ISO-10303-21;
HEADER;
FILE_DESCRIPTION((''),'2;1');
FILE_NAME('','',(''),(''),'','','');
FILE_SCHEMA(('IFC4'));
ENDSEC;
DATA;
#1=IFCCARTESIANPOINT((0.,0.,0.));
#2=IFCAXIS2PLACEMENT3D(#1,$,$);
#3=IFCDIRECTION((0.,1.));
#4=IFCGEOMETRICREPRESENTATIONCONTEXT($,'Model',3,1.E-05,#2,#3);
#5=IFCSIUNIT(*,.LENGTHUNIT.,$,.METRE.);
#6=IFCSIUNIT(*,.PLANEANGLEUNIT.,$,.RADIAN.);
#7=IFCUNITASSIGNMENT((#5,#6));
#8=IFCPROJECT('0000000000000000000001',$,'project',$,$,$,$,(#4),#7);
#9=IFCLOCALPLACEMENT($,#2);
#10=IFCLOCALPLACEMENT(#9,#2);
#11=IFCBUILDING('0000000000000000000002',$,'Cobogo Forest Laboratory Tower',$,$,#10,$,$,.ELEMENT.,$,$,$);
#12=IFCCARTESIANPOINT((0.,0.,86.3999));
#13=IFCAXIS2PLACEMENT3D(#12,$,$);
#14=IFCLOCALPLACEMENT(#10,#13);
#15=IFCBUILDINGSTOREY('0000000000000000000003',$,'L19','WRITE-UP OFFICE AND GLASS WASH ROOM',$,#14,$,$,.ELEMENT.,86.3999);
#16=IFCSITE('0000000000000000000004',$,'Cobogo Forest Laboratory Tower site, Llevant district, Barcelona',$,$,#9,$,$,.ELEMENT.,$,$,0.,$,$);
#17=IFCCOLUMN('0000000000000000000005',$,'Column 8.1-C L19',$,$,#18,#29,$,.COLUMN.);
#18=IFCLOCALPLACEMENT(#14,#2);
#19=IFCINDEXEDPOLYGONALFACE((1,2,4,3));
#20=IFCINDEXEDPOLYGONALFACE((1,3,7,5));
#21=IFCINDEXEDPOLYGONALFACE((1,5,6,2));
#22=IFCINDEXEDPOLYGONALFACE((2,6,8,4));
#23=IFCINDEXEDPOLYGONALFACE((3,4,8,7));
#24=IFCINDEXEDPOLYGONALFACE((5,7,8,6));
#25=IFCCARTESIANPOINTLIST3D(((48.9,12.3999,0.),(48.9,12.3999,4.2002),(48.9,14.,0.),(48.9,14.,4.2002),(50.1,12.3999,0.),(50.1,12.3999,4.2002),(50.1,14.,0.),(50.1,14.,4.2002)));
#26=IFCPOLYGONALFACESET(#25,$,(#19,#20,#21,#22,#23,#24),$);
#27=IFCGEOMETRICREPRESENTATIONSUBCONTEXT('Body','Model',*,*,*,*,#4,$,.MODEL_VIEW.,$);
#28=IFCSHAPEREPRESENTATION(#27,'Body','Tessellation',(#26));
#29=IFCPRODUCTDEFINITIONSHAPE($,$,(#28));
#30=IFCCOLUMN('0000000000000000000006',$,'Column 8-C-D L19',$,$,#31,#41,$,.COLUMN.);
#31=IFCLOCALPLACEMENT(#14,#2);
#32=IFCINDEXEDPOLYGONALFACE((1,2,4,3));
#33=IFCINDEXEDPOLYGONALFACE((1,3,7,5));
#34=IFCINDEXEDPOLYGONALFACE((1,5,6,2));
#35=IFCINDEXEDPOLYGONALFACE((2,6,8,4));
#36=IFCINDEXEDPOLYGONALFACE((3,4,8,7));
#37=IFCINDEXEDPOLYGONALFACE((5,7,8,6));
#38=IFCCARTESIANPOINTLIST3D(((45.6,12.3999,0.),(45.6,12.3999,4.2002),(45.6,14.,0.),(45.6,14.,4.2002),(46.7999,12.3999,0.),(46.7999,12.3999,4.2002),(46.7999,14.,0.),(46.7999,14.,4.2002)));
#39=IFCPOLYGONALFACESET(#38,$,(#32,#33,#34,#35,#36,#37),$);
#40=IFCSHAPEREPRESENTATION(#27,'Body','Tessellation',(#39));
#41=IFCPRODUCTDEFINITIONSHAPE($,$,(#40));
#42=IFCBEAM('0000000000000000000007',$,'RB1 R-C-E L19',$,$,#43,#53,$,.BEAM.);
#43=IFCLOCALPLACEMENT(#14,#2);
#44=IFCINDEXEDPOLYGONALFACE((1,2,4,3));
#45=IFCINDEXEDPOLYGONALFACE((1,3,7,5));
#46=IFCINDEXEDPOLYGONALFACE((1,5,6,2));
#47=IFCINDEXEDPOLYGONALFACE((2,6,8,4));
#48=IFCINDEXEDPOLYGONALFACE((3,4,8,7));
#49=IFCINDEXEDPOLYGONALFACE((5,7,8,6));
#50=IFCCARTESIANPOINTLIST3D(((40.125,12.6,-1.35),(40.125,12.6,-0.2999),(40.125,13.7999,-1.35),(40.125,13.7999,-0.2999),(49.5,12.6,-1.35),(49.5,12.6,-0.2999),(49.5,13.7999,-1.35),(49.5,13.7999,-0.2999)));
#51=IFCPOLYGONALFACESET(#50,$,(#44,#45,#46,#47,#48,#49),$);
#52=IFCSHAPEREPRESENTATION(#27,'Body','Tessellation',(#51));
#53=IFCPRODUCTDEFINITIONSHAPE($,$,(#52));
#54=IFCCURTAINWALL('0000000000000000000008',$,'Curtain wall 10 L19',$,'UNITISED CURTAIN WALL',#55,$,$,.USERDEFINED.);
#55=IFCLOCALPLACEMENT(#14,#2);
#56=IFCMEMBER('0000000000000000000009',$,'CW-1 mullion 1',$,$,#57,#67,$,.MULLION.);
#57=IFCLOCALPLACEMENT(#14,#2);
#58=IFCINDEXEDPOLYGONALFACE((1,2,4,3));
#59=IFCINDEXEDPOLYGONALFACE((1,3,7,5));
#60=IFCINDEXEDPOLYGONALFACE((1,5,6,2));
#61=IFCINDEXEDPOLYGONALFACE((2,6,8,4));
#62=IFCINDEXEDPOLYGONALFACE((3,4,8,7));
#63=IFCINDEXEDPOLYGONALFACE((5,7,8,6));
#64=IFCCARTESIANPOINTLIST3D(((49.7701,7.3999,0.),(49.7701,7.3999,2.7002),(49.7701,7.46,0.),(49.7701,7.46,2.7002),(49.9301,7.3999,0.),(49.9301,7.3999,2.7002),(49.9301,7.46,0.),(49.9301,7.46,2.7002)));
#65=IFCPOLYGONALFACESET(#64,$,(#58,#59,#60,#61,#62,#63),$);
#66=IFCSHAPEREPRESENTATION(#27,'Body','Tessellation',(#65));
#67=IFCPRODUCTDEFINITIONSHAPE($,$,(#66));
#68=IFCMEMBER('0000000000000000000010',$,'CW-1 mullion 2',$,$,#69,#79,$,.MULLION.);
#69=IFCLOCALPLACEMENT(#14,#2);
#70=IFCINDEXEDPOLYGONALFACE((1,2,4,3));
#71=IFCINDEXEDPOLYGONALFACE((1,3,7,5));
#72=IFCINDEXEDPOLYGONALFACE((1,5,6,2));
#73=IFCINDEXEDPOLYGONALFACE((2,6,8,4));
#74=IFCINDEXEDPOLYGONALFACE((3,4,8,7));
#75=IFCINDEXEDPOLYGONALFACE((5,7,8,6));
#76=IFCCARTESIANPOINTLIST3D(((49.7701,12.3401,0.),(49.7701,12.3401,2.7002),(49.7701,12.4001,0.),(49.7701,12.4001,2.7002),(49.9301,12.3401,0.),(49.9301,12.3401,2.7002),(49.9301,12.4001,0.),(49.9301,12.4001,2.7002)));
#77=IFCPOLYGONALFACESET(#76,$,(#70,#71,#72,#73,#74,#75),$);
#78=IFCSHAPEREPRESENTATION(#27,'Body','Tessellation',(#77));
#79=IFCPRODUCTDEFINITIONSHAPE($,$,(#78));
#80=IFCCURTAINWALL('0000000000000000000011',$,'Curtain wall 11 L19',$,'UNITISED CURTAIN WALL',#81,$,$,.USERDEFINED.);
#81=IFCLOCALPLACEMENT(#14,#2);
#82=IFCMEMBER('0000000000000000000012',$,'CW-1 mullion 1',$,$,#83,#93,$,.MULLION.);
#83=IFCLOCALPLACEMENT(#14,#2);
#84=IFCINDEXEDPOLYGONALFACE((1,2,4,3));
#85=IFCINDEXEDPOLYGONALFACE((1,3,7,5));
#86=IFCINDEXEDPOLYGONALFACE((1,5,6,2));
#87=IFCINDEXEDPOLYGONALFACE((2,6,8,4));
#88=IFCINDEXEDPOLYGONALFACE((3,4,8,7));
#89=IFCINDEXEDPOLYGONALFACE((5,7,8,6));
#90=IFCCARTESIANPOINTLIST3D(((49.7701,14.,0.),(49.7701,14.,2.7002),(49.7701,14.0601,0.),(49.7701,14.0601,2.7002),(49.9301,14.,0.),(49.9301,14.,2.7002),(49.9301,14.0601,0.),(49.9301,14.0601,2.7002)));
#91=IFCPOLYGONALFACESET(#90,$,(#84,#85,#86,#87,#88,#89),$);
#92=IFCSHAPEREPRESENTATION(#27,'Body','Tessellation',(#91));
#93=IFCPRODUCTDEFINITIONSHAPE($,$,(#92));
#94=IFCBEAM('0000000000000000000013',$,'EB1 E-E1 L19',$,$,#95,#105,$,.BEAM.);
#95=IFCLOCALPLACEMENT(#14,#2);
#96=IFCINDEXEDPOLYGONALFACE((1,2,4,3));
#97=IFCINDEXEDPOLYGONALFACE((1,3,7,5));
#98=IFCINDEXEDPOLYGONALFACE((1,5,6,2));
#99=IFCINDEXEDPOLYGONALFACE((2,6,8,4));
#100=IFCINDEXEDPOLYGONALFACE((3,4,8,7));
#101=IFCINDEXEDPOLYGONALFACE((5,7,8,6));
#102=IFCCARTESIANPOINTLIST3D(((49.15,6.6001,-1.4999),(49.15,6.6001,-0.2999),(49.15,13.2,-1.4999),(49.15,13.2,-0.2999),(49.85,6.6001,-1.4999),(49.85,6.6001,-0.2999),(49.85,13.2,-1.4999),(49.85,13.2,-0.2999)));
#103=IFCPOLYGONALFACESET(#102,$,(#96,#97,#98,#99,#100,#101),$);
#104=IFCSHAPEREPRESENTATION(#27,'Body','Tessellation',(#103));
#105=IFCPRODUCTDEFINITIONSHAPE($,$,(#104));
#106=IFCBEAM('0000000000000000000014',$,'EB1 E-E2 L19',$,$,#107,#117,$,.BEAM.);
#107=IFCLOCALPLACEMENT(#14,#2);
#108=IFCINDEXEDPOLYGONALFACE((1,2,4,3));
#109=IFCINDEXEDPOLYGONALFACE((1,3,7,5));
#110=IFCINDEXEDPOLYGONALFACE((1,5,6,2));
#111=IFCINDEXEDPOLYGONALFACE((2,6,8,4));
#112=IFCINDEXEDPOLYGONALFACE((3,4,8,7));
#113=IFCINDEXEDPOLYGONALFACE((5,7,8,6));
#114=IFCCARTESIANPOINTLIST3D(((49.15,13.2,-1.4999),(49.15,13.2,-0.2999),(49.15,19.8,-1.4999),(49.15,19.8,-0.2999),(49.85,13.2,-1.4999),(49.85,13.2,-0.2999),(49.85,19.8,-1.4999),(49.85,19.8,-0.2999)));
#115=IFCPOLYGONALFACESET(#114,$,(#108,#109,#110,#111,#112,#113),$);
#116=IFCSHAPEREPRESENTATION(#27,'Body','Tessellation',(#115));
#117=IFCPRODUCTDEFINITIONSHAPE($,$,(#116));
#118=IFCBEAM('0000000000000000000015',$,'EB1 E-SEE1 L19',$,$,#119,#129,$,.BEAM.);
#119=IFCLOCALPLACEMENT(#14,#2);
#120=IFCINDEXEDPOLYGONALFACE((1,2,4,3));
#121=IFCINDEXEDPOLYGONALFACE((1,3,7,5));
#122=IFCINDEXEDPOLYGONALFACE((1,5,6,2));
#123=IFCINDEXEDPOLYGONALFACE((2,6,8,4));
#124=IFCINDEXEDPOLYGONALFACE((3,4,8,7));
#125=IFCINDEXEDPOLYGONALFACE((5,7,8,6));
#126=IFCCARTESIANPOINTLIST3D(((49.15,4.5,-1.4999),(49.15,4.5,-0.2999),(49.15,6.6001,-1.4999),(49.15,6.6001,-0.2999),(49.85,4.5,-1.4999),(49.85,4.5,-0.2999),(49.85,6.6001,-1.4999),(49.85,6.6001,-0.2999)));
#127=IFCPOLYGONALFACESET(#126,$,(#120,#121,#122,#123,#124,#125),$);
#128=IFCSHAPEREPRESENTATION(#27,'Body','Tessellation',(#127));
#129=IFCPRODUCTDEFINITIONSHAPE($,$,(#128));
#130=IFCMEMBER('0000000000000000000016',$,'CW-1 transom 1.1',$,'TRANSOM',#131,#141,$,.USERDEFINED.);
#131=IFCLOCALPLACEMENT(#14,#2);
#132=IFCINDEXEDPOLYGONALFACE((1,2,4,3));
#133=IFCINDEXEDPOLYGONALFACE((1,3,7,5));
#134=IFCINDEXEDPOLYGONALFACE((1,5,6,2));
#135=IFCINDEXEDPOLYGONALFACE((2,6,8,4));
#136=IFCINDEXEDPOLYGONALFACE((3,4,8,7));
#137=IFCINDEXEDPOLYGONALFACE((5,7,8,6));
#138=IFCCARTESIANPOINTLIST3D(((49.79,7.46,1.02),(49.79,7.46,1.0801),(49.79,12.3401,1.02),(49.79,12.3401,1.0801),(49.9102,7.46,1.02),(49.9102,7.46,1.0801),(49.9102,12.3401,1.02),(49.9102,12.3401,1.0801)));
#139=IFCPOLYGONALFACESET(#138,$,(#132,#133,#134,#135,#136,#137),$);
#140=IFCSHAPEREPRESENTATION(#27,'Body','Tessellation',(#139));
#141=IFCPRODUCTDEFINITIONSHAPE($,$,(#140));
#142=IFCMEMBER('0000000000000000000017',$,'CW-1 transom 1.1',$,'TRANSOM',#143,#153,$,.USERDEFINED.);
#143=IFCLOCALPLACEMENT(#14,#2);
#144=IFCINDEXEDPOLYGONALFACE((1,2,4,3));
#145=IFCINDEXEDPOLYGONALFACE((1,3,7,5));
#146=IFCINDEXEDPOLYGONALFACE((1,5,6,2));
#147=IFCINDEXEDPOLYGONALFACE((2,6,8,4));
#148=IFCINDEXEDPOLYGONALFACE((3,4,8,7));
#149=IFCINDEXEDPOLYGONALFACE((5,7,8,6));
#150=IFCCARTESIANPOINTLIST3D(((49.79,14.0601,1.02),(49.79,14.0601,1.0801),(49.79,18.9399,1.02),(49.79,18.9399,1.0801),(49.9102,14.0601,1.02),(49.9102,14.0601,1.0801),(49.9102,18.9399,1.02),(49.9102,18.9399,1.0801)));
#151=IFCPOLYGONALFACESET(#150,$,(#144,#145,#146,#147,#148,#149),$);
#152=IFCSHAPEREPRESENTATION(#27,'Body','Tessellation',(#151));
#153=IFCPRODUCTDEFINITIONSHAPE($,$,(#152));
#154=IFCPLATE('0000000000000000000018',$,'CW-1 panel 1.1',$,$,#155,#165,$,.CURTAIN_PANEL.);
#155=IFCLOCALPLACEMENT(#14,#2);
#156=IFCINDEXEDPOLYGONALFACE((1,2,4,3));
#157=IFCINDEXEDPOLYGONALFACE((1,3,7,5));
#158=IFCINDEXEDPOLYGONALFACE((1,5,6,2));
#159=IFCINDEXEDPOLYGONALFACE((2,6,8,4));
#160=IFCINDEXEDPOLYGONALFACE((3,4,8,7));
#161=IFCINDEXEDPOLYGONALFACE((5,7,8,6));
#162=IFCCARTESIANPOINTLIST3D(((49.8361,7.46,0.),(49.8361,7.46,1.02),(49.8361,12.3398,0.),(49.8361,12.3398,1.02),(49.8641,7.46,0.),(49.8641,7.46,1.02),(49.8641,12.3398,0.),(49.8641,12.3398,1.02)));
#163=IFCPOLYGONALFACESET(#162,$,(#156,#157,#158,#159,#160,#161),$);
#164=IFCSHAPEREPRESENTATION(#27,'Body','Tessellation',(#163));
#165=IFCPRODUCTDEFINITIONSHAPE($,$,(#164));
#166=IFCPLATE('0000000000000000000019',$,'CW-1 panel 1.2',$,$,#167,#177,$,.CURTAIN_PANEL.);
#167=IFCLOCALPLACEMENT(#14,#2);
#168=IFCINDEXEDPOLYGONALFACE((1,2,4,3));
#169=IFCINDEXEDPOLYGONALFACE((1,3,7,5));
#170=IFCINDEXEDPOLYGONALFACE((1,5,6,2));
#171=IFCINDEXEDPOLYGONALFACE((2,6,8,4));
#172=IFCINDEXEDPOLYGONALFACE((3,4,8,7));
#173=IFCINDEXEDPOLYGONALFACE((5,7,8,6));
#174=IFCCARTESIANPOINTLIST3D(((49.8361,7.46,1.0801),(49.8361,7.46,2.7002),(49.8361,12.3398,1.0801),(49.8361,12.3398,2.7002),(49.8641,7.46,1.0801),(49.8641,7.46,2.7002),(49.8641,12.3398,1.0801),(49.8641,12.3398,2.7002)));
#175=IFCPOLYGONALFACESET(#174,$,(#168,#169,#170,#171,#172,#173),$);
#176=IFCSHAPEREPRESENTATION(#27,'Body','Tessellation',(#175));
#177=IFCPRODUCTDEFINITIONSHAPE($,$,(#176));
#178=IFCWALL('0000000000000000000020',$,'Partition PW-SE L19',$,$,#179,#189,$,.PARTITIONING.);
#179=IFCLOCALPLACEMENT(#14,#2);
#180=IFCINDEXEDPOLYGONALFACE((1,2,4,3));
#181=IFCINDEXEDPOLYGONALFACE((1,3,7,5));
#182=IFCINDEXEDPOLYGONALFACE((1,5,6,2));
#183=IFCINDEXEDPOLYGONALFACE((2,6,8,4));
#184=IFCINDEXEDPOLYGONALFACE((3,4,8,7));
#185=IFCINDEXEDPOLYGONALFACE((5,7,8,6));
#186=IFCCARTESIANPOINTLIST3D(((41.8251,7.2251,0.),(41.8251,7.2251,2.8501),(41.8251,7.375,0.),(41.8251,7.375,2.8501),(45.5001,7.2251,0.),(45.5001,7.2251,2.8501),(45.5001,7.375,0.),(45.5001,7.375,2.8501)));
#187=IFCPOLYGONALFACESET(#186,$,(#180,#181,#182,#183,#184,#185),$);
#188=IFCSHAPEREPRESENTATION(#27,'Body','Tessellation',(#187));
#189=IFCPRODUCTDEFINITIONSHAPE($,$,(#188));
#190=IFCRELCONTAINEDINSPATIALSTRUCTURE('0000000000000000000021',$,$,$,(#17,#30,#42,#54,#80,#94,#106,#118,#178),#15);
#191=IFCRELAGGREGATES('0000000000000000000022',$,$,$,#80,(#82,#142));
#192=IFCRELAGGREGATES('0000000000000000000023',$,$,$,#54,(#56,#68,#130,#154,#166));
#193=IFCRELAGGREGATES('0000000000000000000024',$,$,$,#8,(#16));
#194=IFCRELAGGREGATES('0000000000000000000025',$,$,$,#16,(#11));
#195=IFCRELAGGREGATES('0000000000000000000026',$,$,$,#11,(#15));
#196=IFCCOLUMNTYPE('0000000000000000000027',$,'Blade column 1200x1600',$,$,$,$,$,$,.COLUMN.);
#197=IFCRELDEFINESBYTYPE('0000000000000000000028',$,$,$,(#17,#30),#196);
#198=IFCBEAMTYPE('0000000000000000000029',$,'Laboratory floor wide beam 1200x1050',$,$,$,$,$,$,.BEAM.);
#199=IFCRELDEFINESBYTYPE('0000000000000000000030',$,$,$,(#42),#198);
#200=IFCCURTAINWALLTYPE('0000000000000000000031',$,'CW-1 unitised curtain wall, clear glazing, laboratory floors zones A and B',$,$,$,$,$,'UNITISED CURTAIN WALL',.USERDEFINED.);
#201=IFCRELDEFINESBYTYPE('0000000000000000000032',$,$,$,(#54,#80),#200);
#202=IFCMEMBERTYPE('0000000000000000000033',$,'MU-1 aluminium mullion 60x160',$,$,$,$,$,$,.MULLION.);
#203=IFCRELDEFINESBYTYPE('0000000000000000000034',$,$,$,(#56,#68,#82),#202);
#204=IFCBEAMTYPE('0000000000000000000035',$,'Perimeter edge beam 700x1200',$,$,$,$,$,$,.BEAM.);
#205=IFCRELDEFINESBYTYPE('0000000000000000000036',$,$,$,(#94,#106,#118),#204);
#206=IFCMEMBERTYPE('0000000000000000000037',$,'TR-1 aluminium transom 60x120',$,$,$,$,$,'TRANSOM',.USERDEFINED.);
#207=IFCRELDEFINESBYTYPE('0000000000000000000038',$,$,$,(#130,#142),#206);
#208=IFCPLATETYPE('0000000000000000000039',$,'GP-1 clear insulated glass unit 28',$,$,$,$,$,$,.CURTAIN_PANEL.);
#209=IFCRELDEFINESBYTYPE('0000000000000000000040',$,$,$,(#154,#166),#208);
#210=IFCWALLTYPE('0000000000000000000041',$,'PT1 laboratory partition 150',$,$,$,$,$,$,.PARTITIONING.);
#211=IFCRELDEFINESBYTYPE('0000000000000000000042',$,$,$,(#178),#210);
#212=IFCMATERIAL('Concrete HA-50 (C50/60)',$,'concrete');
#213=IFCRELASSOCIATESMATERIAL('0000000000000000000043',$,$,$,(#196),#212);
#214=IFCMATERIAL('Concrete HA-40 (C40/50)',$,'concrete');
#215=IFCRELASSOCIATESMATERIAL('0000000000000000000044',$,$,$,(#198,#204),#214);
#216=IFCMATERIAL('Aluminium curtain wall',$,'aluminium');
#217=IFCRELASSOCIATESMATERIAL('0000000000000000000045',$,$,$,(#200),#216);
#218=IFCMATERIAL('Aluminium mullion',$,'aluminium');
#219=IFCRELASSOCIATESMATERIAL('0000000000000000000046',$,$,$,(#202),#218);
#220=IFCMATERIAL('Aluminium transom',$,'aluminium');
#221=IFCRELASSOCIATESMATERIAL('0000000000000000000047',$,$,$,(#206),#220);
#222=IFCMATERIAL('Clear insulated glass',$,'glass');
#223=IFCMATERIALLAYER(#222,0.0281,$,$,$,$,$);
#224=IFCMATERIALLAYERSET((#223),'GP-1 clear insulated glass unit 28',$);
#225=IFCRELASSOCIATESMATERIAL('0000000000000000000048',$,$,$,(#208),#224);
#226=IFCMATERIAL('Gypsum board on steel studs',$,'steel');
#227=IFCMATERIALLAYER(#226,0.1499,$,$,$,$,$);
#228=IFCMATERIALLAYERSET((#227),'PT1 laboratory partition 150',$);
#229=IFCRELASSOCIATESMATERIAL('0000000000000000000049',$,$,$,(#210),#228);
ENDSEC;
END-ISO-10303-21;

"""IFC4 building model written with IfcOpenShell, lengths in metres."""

from ifc_helpers import new_model, si_unit, direction, frame, frame_2d, origin, origin_2d, place, context, subcontext, project, spatial, rectangle, extrude, material, layer, layer_set, material_profile, profile_set, type_object, element, aggregate, save


model = new_model("IFC4")

# Units and contexts
model_context = context("Model", 3, precision=1e-05, world=origin(), true_north=direction((0.0, 1.0)))
body_context = subcontext(model_context, "Body", "Model", "MODEL_VIEW")
ifc_project = project(units=[si_unit("LENGTHUNIT", "METRE"), si_unit("PLANEANGLEUNIT", "RADIAN")], contexts=[model_context])

# Site, building, storey
site_placement = place(None, origin())
site = spatial("IfcSite", under=ifc_project, at=site_placement, Name="Cobogo Forest Laboratory Tower site, Llevant district, Barcelona", CompositionType="ELEMENT", RefElevation=0.0)
building_placement = place(site_placement, origin())
building = spatial("IfcBuilding", under=site, at=building_placement, Name="Cobogo Forest Laboratory Tower", CompositionType="ELEMENT")
storey_placement = place(building_placement, frame((0.0, 0.0, 86.3999)))
storey = spatial("IfcBuildingStorey", under=building, at=storey_placement, Name="L19", Description="WRITE-UP OFFICE AND GLASS WASH ROOM", CompositionType="ELEMENT", Elevation=86.3999)

# Columns
ifc_material_1 = material(Name="Concrete HA-50 (C50/60)", Category="concrete")
ifc_material_profile_1 = material_profile(ifc_material_1, rectangle(XDim=1.6001, YDim=1.2, at=origin_2d()), Name="RC 1200x1600")
ifc_profile_set_1 = profile_set([ifc_material_profile_1], Name="Concrete HA-50 (C50/60)")
column_type = type_object("IfcColumnType", Name="Blade column 1200x1600", PredefinedType="COLUMN", material=ifc_profile_set_1)
for number, where, z_axis, x_axis, name in (
    (1, (49.5, 13.2, 0.0), (0.0, 0.0, 1.0), (0.0, 1.0, 0.0), "Column 8.1-C L19"),
    (2, (46.2, 13.2, 0.0), (0.0, 0.0, 1.0), (0.0, 1.0, 0.0), "Column 8-C-D L19"),
):
    element("IfcColumn", number, at=place(storey_placement, frame(where, z_axis=z_axis, x_axis=x_axis)), inside=storey, type_object=column_type, Name=name, PredefinedType="COLUMN", context=body_context, shape_type="SweptSolid", body=[
        extrude(rectangle(XDim=1.6001, YDim=1.2, at=origin_2d()), origin(), (0.0, 0.0, 1.0), 4.2002),
    ])

# Beam
ifc_material_2 = material(Name="Concrete HA-40 (C40/50)", Category="concrete")
ifc_material_profile_2 = material_profile(ifc_material_2, rectangle(XDim=1.2, YDim=1.05, at=origin_2d()), Name="RC 1200x1050")
ifc_profile_set_2 = profile_set([ifc_material_profile_2], Name="Concrete HA-40 (C40/50)")
beam_type_1 = type_object("IfcBeamType", Name="Laboratory floor wide beam 1200x1050", PredefinedType="BEAM", material=ifc_profile_set_2)
beam_1_placement = place(storey_placement, frame((40.125, 13.2, -0.825), z_axis=(1.0, 0.0, 0.0), x_axis=(0.0, 1.0, 0.0)))
element("IfcBeam", 3, at=beam_1_placement, inside=storey, type_object=beam_type_1, Name="RB1 R-C-E L19", PredefinedType="BEAM", context=body_context, shape_type="SweptSolid", body=[
    extrude(rectangle(XDim=1.2, YDim=1.05, at=origin_2d()), origin(), (0.0, 0.0, 1.0), 9.375),
])

# Curtain wall, members
ifc_material_3 = material(Name="Aluminium curtain wall", Category="aluminium")
curtain_wall_type = type_object("IfcCurtainWallType", Name="CW-1 unitised curtain wall, clear glazing, laboratory floors zones A and B", ElementType="UNITISED CURTAIN WALL", PredefinedType="USERDEFINED", material=ifc_material_3)
curtain_wall_1_placement = place(storey_placement, origin())
curtain_wall_1 = element("IfcCurtainWall", 4, at=curtain_wall_1_placement, inside=storey, type_object=curtain_wall_type, Name="Curtain wall 10 L19", ObjectType="UNITISED CURTAIN WALL", PredefinedType="USERDEFINED")
ifc_material_4 = material(Name="Aluminium mullion", Category="aluminium")
ifc_material_profile_3 = material_profile(ifc_material_4, rectangle(XDim=0.0601, YDim=0.1599, at=origin_2d()), Name="AL 60x160")
ifc_profile_set_3 = profile_set([ifc_material_profile_3], Name="Aluminium mullion")
member_type_1 = type_object("IfcMemberType", Name="MU-1 aluminium mullion 60x160", PredefinedType="MULLION", material=ifc_profile_set_3)
member_1_placement = place(storey_placement, frame((49.8501, 7.4299, 0.0), z_axis=(0.0, 0.0, 1.0), x_axis=(0.0, 1.0, 0.0)))
member_1 = element("IfcMember", 5, at=member_1_placement, type_object=member_type_1, Name="CW-1 mullion 1", PredefinedType="MULLION", context=body_context, shape_type="SweptSolid", body=[
    extrude(rectangle(XDim=0.0601, YDim=0.1599, at=origin_2d()), origin(), (0.0, 0.0, 1.0), 2.7002),
])
member_2_placement = place(storey_placement, frame((49.8501, 12.3701, 0.0), z_axis=(0.0, 0.0, 1.0), x_axis=(0.0, 1.0, 0.0)))
member_2 = element("IfcMember", 6, at=member_2_placement, type_object=member_type_1, Name="CW-1 mullion 2", PredefinedType="MULLION", context=body_context, shape_type="SweptSolid", body=[
    extrude(rectangle(XDim=0.0601, YDim=0.1599, at=origin_2d()), origin(), (0.0, 0.0, 1.0), 2.7002),
])

# Curtain wall, member
curtain_wall_2_placement = place(storey_placement, origin())
curtain_wall_2 = element("IfcCurtainWall", 7, at=curtain_wall_2_placement, inside=storey, type_object=curtain_wall_type, Name="Curtain wall 11 L19", ObjectType="UNITISED CURTAIN WALL", PredefinedType="USERDEFINED")
member_3_placement = place(storey_placement, frame((49.8501, 14.03, 0.0), z_axis=(0.0, 0.0, 1.0), x_axis=(0.0, 1.0, 0.0)))
member_3 = element("IfcMember", 8, at=member_3_placement, type_object=member_type_1, Name="CW-1 mullion 1", PredefinedType="MULLION", context=body_context, shape_type="SweptSolid", body=[
    extrude(rectangle(XDim=0.0601, YDim=0.1599, at=origin_2d()), origin(), (0.0, 0.0, 1.0), 2.7002),
])

# Beams
ifc_material_profile_4 = material_profile(ifc_material_2, rectangle(XDim=0.7, YDim=1.2, at=origin_2d()), Name="RC 700x1200")
ifc_profile_set_4 = profile_set([ifc_material_profile_4], Name="Concrete HA-40 (C40/50)")
beam_type_2 = type_object("IfcBeamType", Name="Perimeter edge beam 700x1200", PredefinedType="BEAM", material=ifc_profile_set_4)
beam_2_placement = place(storey_placement, frame((49.5, 6.6001, -0.8999), z_axis=(0.0, 1.0, 0.0), x_axis=(-1.0, 0.0, 0.0)))
element("IfcBeam", 9, at=beam_2_placement, inside=storey, type_object=beam_type_2, Name="EB1 E-E1 L19", PredefinedType="BEAM", context=body_context, shape_type="SweptSolid", body=[
    extrude(rectangle(XDim=0.7, YDim=1.2, at=origin_2d()), origin(), (0.0, 0.0, 1.0), 6.5999),
])
beam_3_placement = place(storey_placement, frame((49.5, 13.2, -0.8999), z_axis=(0.0, 1.0, 0.0), x_axis=(-1.0, 0.0, 0.0)))
element("IfcBeam", 10, at=beam_3_placement, inside=storey, type_object=beam_type_2, Name="EB1 E-E2 L19", PredefinedType="BEAM", context=body_context, shape_type="SweptSolid", body=[
    extrude(rectangle(XDim=0.7, YDim=1.2, at=origin_2d()), origin(), (0.0, 0.0, 1.0), 6.6001),
])
beam_4_placement = place(storey_placement, frame((49.5, 6.6001, -0.8999), z_axis=(0.0, -1.0, 0.0), x_axis=(1.0, 0.0, 0.0)))
element("IfcBeam", 11, at=beam_4_placement, inside=storey, type_object=beam_type_2, Name="EB1 E-SEE1 L19", PredefinedType="BEAM", context=body_context, shape_type="SweptSolid", body=[
    extrude(rectangle(XDim=0.7, YDim=1.2, at=origin_2d()), origin(), (0.0, 0.0, 1.0), 2.1001),
])

# Members
ifc_material_5 = material(Name="Aluminium transom", Category="aluminium")
ifc_material_profile_5 = material_profile(ifc_material_5, rectangle(XDim=0.1201, YDim=0.0601, at=origin_2d()), Name="AL 60x120")
ifc_profile_set_5 = profile_set([ifc_material_profile_5], Name="Aluminium transom")
member_type_2 = type_object("IfcMemberType", Name="TR-1 aluminium transom 60x120", ElementType="TRANSOM", PredefinedType="USERDEFINED", material=ifc_profile_set_5)
member_4_placement = place(storey_placement, frame((49.8501, 7.46, 1.05), z_axis=(0.0, 1.0, 0.0), x_axis=(-1.0, 0.0, 0.0)))
member_4 = element("IfcMember", 12, at=member_4_placement, type_object=member_type_2, Name="CW-1 transom 1.1", ObjectType="TRANSOM", PredefinedType="USERDEFINED", context=body_context, shape_type="SweptSolid", body=[
    extrude(rectangle(XDim=0.1201, YDim=0.0601, at=origin_2d()), origin(), (0.0, 0.0, 1.0), 4.8801),
])
member_5_placement = place(storey_placement, frame((49.8501, 14.0601, 1.05), z_axis=(0.0, 1.0, 0.0), x_axis=(-1.0, 0.0, 0.0)))
member_5 = element("IfcMember", 13, at=member_5_placement, type_object=member_type_2, Name="CW-1 transom 1.1", ObjectType="TRANSOM", PredefinedType="USERDEFINED", context=body_context, shape_type="SweptSolid", body=[
    extrude(rectangle(XDim=0.1201, YDim=0.0601, at=origin_2d()), origin(), (0.0, 0.0, 1.0), 4.8799),
])
aggregate(curtain_wall_2, [member_3, member_5])

# Plates
ifc_material_6 = material(Name="Clear insulated glass", Category="glass")
ifc_layer_1 = layer(ifc_material_6, 0.0281)
ifc_layer_set_1 = layer_set([ifc_layer_1], Name="GP-1 clear insulated glass unit 28")
plate_type_1 = type_object("IfcPlateType", Name="GP-1 clear insulated glass unit 28", PredefinedType="CURTAIN_PANEL", material=ifc_layer_set_1)
plate_1_placement = place(storey_placement, frame((49.8501, 9.8999, 0.0), z_axis=(0.0, 0.0, 1.0), x_axis=(0.0, 1.0, 0.0)))
plate_1 = element("IfcPlate", 14, at=plate_1_placement, type_object=plate_type_1, Name="CW-1 panel 1.1", PredefinedType="CURTAIN_PANEL", context=body_context, shape_type="SweptSolid", body=[
    extrude(rectangle(XDim=4.8799, YDim=0.0281, at=origin_2d()), origin(), (0.0, 0.0, 1.0), 1.02),
])
plate_2_placement = place(storey_placement, frame((49.8501, 9.8999, 1.0801), z_axis=(0.0, 0.0, 1.0), x_axis=(0.0, 1.0, 0.0)))
plate_2 = element("IfcPlate", 15, at=plate_2_placement, type_object=plate_type_1, Name="CW-1 panel 1.2", PredefinedType="CURTAIN_PANEL", context=body_context, shape_type="SweptSolid", body=[
    extrude(rectangle(XDim=4.8799, YDim=0.0281, at=origin_2d()), origin(), (0.0, 0.0, 1.0), 1.6201),
])
aggregate(curtain_wall_1, [member_1, member_2, member_4, plate_1, plate_2])

# Wall
ifc_material_7 = material(Name="Gypsum board on steel studs", Category="steel")
ifc_layer_2 = layer(ifc_material_7, 0.1499)
ifc_layer_set_2 = layer_set([ifc_layer_2], Name="PT1 laboratory partition 150")
wall_type_1 = type_object("IfcWallType", Name="PT1 laboratory partition 150", PredefinedType="PARTITIONING", material=ifc_layer_set_2)
wall_1_placement = place(storey_placement, frame((45.5, 7.3, 0.0), z_axis=(0.0, 0.0, 1.0), x_axis=(-1.0, 0.0, 0.0)))
element("IfcWall", 16, at=wall_1_placement, inside=storey, type_object=wall_type_1, Name="Partition PW-SE L19", PredefinedType="PARTITIONING", context=body_context, shape_type="SweptSolid", body=[
    extrude(rectangle(XDim=3.675, YDim=0.1499, at=frame_2d((1.8374, 0.0))), origin(), (0.0, 0.0, 1.0), 2.8501),
])

save(model, "model.ifc")
